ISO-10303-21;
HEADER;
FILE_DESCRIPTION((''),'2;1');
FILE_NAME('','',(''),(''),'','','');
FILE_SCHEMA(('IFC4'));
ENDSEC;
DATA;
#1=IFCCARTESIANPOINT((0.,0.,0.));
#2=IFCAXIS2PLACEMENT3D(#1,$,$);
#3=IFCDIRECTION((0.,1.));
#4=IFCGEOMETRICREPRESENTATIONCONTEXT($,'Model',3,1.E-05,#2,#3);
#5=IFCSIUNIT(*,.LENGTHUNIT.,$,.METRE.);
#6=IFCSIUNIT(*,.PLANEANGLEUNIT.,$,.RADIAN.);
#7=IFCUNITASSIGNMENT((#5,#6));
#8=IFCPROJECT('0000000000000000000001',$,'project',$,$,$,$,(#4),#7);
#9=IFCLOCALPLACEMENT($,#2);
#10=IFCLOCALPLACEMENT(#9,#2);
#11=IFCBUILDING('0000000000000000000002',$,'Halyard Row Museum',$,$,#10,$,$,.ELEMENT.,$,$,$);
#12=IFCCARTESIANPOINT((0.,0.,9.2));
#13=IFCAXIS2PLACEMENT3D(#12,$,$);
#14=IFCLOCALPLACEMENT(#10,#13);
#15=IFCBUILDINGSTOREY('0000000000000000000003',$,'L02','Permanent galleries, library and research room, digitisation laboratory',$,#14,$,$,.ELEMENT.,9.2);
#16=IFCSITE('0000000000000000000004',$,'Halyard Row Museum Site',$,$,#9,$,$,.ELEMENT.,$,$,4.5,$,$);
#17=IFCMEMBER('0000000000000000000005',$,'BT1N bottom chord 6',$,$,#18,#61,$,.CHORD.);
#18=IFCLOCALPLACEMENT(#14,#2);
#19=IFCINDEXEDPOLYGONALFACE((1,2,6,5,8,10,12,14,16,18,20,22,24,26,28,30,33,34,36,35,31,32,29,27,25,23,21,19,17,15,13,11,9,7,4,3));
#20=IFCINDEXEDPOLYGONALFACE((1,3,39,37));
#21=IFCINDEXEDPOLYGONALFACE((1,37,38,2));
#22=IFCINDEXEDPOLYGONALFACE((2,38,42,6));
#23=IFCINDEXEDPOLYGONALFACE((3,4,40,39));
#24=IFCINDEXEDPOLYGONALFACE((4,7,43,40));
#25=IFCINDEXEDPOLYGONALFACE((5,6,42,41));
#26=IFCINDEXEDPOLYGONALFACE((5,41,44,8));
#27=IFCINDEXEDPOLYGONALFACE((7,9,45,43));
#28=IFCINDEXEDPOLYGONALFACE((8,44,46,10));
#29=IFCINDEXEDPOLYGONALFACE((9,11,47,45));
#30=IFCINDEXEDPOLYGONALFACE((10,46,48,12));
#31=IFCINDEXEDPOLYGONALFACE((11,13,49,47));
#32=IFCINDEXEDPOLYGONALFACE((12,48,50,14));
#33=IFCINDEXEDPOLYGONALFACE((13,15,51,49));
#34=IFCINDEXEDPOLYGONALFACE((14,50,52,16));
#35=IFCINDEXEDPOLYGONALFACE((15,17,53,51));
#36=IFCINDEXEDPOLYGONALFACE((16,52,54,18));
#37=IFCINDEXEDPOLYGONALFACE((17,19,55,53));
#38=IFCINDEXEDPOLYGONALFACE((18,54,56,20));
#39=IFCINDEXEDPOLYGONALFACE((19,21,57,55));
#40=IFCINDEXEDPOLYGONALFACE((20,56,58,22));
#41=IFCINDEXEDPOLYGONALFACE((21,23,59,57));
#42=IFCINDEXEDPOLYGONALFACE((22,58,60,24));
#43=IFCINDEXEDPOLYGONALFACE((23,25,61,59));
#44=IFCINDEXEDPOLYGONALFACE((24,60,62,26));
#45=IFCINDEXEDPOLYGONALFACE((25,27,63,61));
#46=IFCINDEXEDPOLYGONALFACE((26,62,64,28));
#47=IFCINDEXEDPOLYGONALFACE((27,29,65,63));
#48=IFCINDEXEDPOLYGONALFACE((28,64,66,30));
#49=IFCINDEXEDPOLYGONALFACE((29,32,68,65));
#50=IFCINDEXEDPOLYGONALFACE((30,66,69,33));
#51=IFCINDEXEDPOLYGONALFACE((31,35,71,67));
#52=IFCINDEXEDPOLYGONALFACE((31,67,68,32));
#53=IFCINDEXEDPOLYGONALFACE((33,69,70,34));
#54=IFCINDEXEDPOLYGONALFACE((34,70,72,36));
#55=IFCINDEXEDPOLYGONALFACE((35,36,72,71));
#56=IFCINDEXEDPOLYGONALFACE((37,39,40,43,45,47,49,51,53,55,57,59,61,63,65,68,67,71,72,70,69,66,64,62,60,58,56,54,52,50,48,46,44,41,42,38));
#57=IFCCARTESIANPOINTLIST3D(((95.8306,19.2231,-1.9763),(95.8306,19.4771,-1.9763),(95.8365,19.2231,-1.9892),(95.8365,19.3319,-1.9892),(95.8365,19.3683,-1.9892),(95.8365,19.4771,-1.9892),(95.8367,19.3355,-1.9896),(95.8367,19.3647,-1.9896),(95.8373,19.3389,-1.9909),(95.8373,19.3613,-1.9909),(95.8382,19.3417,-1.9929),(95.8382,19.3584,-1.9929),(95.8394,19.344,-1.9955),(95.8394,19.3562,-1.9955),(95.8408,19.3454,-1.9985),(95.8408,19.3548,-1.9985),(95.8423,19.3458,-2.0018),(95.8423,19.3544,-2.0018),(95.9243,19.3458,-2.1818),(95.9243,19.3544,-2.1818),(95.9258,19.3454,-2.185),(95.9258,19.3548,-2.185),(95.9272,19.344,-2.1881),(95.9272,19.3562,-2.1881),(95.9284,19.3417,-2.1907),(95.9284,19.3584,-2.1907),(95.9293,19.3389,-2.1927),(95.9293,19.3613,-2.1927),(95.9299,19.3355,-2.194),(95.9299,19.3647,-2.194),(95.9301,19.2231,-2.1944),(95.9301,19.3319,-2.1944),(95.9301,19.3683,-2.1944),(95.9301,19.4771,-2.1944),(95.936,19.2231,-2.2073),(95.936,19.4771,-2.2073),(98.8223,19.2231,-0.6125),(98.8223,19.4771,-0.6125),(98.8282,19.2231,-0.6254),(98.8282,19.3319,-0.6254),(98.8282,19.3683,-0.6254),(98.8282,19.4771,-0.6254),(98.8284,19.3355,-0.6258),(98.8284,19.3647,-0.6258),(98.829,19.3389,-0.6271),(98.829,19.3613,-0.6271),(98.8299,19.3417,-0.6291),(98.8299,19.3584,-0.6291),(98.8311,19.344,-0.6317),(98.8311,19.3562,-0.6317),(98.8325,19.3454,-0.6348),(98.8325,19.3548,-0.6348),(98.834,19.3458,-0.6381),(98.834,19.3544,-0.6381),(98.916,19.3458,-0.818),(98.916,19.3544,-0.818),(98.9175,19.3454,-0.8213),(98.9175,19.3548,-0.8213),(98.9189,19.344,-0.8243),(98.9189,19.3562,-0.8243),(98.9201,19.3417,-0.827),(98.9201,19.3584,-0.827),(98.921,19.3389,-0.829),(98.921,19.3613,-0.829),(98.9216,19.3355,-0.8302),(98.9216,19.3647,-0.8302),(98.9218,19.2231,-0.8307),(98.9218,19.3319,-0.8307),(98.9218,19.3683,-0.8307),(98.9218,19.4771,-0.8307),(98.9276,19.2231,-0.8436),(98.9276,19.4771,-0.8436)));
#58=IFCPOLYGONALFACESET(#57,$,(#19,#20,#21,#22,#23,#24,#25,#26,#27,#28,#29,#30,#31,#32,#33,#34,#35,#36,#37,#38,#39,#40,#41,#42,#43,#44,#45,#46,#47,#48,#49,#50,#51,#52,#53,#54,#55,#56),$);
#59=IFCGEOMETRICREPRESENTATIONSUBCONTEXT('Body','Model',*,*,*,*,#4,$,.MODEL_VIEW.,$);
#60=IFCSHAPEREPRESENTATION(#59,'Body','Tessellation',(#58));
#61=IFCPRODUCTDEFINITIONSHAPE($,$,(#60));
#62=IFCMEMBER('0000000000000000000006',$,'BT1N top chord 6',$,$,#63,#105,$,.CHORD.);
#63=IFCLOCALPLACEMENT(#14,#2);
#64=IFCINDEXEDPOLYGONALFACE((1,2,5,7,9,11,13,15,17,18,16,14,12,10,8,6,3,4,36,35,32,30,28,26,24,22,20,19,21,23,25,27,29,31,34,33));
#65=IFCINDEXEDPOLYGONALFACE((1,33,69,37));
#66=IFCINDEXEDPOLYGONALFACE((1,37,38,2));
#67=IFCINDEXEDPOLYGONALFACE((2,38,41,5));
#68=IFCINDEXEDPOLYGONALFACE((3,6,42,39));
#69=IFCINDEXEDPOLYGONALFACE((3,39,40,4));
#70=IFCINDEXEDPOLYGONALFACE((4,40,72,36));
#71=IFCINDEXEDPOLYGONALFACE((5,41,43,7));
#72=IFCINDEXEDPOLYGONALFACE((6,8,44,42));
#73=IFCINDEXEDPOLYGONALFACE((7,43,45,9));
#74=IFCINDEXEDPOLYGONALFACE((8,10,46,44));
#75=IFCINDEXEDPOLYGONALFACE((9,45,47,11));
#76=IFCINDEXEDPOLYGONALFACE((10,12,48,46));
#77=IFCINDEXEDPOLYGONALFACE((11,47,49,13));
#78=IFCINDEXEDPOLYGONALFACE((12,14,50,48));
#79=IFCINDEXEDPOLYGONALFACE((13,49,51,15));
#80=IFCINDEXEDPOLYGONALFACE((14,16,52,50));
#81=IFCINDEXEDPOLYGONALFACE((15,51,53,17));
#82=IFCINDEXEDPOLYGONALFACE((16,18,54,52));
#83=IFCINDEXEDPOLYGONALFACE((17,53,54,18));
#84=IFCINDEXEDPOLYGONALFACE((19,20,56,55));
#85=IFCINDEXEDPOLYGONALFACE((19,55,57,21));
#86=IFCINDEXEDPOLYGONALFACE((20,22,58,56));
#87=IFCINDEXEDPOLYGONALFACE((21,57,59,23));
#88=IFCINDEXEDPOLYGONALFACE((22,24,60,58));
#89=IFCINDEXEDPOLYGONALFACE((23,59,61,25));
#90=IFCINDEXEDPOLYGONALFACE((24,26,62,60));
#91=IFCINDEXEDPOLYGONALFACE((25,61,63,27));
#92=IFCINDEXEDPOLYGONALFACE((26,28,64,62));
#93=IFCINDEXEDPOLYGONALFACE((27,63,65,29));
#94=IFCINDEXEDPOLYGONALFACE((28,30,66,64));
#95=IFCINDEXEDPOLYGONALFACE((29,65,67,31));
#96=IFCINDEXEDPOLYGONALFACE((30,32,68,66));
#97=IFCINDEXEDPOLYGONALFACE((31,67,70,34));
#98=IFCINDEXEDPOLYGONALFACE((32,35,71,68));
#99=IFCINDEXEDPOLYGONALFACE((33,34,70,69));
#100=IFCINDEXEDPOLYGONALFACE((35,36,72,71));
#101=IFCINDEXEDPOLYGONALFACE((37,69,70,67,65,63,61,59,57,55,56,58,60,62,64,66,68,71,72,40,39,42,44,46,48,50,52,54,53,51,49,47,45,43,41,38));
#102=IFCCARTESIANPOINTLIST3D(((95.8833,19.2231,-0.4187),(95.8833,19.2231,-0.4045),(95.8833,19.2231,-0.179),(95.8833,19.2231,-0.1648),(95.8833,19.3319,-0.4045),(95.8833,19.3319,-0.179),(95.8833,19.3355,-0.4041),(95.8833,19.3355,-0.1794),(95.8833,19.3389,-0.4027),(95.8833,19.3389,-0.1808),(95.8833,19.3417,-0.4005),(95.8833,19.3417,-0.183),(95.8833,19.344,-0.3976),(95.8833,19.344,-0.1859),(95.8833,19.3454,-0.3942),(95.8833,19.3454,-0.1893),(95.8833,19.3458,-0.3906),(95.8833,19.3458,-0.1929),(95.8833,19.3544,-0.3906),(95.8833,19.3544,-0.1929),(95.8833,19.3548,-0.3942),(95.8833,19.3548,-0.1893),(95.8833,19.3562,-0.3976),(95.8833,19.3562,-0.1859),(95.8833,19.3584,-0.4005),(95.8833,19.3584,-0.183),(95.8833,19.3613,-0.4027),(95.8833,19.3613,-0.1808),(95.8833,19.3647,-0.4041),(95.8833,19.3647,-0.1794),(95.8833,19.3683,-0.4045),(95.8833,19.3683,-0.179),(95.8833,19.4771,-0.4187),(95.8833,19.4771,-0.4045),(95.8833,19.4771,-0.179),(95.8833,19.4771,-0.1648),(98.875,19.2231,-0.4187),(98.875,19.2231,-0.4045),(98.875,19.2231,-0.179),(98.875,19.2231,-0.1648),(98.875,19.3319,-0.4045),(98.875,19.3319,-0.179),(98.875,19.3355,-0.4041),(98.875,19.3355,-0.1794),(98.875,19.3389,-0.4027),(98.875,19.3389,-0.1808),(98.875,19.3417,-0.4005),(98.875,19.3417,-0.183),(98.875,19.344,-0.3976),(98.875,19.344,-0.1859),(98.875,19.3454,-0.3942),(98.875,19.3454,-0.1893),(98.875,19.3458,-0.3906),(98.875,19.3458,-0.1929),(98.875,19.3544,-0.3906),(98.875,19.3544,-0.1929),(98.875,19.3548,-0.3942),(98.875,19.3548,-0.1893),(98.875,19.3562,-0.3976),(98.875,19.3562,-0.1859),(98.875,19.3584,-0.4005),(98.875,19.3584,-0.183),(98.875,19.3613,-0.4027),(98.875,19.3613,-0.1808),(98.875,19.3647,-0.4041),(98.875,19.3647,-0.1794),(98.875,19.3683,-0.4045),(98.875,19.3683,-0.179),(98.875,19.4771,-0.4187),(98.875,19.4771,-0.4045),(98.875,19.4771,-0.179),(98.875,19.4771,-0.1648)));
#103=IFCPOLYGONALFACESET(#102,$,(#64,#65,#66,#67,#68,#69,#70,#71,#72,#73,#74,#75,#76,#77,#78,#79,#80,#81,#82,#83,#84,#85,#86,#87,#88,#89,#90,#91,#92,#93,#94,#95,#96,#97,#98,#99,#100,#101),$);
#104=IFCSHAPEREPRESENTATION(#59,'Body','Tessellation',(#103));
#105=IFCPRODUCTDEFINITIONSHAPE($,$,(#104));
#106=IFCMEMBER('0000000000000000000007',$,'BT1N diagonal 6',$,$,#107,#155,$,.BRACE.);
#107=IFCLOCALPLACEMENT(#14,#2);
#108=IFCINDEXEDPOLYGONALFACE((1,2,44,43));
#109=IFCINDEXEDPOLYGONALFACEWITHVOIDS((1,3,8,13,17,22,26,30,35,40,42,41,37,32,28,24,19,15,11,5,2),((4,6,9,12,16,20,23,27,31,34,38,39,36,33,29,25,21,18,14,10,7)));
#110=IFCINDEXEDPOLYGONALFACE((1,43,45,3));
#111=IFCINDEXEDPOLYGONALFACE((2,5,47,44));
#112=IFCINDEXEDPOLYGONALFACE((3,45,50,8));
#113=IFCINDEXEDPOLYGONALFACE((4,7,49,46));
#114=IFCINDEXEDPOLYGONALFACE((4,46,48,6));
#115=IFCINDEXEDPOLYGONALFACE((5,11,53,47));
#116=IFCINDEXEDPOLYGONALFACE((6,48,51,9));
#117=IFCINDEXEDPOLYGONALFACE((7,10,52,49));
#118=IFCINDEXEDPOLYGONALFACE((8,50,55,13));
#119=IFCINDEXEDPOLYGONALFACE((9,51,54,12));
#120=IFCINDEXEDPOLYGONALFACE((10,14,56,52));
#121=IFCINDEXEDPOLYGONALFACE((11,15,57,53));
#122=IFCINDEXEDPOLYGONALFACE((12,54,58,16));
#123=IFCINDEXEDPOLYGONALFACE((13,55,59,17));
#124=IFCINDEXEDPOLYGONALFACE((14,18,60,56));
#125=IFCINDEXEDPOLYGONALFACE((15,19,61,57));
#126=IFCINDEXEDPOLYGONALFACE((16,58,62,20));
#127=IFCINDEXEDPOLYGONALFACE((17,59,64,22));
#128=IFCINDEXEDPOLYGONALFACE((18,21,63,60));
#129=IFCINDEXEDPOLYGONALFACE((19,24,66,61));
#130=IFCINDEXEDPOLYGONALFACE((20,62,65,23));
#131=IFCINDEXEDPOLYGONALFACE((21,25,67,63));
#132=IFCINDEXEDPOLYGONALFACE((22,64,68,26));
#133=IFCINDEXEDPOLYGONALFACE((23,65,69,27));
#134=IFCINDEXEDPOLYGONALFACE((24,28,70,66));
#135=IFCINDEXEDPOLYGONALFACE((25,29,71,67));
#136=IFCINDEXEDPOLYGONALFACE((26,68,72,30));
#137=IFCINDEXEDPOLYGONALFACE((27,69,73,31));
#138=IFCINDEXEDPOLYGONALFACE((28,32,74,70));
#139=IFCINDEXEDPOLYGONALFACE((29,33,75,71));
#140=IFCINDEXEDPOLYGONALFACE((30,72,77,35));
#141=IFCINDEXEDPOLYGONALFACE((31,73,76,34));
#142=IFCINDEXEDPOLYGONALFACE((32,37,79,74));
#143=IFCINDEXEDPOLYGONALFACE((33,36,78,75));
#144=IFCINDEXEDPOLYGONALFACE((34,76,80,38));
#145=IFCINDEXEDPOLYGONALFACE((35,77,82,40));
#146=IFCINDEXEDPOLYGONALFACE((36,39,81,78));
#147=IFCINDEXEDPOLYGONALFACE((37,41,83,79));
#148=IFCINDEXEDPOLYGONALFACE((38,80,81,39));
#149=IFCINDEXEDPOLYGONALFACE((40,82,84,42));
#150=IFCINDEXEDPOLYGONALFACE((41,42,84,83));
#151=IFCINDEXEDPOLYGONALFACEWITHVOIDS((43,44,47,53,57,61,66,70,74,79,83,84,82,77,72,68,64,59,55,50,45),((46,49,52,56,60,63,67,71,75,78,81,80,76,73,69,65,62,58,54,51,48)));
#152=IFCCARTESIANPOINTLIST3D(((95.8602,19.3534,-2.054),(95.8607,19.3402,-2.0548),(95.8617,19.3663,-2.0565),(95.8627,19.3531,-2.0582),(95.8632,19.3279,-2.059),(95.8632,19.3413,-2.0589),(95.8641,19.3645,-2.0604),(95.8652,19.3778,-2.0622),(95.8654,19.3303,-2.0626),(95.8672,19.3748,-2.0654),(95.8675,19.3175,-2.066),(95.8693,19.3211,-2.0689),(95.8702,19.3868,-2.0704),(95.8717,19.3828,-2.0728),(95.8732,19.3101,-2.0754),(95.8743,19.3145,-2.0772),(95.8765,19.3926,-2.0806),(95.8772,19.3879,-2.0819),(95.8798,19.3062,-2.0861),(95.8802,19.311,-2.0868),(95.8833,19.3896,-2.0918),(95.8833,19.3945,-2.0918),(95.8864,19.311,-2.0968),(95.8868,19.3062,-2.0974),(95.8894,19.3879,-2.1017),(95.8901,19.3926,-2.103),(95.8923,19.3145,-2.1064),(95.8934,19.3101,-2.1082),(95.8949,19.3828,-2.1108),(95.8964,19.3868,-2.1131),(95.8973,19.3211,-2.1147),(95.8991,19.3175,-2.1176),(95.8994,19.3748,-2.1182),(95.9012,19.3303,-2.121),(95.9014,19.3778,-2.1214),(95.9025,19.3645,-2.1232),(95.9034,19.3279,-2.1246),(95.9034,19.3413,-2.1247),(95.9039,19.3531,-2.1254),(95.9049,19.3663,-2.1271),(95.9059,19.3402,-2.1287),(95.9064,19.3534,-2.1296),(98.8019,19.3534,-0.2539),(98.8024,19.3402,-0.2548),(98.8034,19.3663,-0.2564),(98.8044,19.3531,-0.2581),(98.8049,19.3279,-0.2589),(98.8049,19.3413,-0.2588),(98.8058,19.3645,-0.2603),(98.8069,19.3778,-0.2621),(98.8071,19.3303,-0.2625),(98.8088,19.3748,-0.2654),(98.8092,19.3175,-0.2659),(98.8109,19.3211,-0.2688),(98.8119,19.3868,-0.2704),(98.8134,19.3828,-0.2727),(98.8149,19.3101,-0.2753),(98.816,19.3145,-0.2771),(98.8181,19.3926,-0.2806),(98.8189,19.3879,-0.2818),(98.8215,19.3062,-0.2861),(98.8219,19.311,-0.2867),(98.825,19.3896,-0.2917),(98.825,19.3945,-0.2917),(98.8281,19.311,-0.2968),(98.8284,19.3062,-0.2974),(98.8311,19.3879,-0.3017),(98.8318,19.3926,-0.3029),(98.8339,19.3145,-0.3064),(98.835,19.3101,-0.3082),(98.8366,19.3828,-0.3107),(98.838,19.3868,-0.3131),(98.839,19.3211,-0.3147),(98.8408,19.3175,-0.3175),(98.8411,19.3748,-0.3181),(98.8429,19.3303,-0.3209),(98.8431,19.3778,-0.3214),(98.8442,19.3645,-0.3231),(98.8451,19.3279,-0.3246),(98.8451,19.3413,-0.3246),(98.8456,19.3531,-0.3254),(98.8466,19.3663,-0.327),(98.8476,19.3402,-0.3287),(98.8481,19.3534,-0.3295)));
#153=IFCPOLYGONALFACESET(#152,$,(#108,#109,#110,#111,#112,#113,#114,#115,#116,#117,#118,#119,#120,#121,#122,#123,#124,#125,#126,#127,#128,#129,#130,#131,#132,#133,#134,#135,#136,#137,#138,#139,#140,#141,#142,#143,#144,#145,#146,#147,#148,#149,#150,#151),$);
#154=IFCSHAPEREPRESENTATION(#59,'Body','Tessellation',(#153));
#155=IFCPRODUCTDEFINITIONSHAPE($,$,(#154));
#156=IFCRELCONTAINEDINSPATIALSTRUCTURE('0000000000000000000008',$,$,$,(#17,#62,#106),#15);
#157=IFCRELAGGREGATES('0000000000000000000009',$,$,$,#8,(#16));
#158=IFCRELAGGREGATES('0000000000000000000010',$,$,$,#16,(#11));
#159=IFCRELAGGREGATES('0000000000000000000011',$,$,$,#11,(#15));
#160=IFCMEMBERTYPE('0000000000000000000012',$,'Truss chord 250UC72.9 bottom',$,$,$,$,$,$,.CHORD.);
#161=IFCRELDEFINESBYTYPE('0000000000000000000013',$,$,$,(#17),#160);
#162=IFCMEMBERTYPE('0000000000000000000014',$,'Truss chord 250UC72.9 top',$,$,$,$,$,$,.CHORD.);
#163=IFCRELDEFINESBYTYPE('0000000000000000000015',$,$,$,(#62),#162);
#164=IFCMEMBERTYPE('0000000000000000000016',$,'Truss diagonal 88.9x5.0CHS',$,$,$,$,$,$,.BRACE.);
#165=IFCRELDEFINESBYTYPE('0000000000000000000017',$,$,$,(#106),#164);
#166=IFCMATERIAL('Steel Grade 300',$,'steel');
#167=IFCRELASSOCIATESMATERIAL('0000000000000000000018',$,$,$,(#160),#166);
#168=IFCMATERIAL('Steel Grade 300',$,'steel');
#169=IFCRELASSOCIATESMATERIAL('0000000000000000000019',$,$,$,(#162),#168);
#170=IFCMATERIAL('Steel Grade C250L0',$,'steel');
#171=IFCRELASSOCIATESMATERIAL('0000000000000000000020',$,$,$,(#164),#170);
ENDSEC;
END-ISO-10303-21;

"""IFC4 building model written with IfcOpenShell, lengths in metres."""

from ifc_helpers import new_model, si_unit, direction, frame, origin, origin_2d, place, context, subcontext, project, spatial, hollow_circle, i_section, extrude, material, material_profile, profile_set, type_object, element, save


model = new_model("IFC4")

# Units and contexts
model_context = context("Model", 3, precision=1e-05, world=origin(), true_north=direction((0.0, 1.0)))
body_context = subcontext(model_context, "Body", "Model", "MODEL_VIEW")
ifc_project = project(units=[si_unit("LENGTHUNIT", "METRE"), si_unit("PLANEANGLEUNIT", "RADIAN")], contexts=[model_context])

# Site, building, storey
site_placement = place(None, origin())
site = spatial("IfcSite", under=ifc_project, at=site_placement, Name="Halyard Row Museum Site", CompositionType="ELEMENT", RefElevation=4.5)
building_placement = place(site_placement, origin())
building = spatial("IfcBuilding", under=site, at=building_placement, Name="Halyard Row Museum", CompositionType="ELEMENT")
storey_placement = place(building_placement, frame((0.0, 0.0, 9.2)))
storey = spatial("IfcBuildingStorey", under=building, at=storey_placement, Name="L02", Description="Permanent galleries, library and research room, digitisation laboratory", CompositionType="ELEMENT", Elevation=9.2)

# Members
ifc_material_1 = material(Name="Steel Grade 300", Category="steel")
ifc_material_profile_1 = material_profile(ifc_material_1, i_section(OverallWidth=0.2539, OverallDepth=0.2539, WebThickness=0.0085, FlangeThickness=0.0142, FilletRadius=0.0139, at=origin_2d()), Name="250UC72.9")
ifc_profile_set_1 = profile_set([ifc_material_profile_1], Name="Steel Grade 300")
member_type_1 = type_object("IfcMemberType", Name="Truss chord 250UC72.9 bottom", PredefinedType="CHORD", material=ifc_profile_set_1)
member_1_placement = place(storey_placement, frame((95.8833, 19.3501, -2.0918), z_axis=(0.909918, 0.0, 0.414787), x_axis=(0.0, 1.0, 0.0)))
element("IfcMember", 1, at=member_1_placement, inside=storey, type_object=member_type_1, Name="BT1N bottom chord 6", PredefinedType="CHORD", context=body_context, shape_type="SweptSolid", body=[
    extrude(i_section(OverallWidth=0.2539, OverallDepth=0.2539, WebThickness=0.0085, FlangeThickness=0.0142, FilletRadius=0.0139, at=origin_2d()), origin(), (0.0, 0.0, 1.0), 3.2878),
])
ifc_material_2 = material(Name="Steel Grade 300", Category="steel")
ifc_material_profile_2 = material_profile(ifc_material_2, i_section(OverallWidth=0.2539, OverallDepth=0.2539, WebThickness=0.0085, FlangeThickness=0.0142, FilletRadius=0.0139, at=origin_2d()), Name="250UC72.9")
ifc_profile_set_2 = profile_set([ifc_material_profile_2], Name="Steel Grade 300")
member_type_2 = type_object("IfcMemberType", Name="Truss chord 250UC72.9 top", PredefinedType="CHORD", material=ifc_profile_set_2)
member_2_placement = place(storey_placement, frame((95.8833, 19.3501, -0.2917), z_axis=(1.0, 0.0, 0.0), x_axis=(0.0, 1.0, 0.0)))
element("IfcMember", 2, at=member_2_placement, inside=storey, type_object=member_type_2, Name="BT1N top chord 6", PredefinedType="CHORD", context=body_context, shape_type="SweptSolid", body=[
    extrude(i_section(OverallWidth=0.2539, OverallDepth=0.2539, WebThickness=0.0085, FlangeThickness=0.0142, FilletRadius=0.0139, at=origin_2d()), origin(), (0.0, 0.0, 1.0), 2.9917),
])
ifc_material_3 = material(Name="Steel Grade C250L0", Category="steel")
ifc_material_profile_3 = material_profile(ifc_material_3, hollow_circle(Radius=0.0444, WallThickness=0.0049, at=origin_2d()), Name="88.9x5.0CHS")
ifc_profile_set_3 = profile_set([ifc_material_profile_3], Name="Steel Grade C250L0")
member_type_3 = type_object("IfcMemberType", Name="Truss diagonal 88.9x5.0CHS", PredefinedType="BRACE", material=ifc_profile_set_3)
member_3_placement = place(storey_placement, frame((95.8833, 19.3501, -2.0918), z_axis=(0.852975, 0.0, 0.521951), x_axis=(0.0, 1.0, 0.0)))
element("IfcMember", 3, at=member_3_placement, inside=storey, type_object=member_type_3, Name="BT1N diagonal 6", PredefinedType="BRACE", context=body_context, shape_type="SweptSolid", body=[
    extrude(hollow_circle(Radius=0.0444, WallThickness=0.0049, at=origin_2d()), origin(), (0.0, 0.0, 1.0), 3.4487),
])

save(model, "model.ifc")
